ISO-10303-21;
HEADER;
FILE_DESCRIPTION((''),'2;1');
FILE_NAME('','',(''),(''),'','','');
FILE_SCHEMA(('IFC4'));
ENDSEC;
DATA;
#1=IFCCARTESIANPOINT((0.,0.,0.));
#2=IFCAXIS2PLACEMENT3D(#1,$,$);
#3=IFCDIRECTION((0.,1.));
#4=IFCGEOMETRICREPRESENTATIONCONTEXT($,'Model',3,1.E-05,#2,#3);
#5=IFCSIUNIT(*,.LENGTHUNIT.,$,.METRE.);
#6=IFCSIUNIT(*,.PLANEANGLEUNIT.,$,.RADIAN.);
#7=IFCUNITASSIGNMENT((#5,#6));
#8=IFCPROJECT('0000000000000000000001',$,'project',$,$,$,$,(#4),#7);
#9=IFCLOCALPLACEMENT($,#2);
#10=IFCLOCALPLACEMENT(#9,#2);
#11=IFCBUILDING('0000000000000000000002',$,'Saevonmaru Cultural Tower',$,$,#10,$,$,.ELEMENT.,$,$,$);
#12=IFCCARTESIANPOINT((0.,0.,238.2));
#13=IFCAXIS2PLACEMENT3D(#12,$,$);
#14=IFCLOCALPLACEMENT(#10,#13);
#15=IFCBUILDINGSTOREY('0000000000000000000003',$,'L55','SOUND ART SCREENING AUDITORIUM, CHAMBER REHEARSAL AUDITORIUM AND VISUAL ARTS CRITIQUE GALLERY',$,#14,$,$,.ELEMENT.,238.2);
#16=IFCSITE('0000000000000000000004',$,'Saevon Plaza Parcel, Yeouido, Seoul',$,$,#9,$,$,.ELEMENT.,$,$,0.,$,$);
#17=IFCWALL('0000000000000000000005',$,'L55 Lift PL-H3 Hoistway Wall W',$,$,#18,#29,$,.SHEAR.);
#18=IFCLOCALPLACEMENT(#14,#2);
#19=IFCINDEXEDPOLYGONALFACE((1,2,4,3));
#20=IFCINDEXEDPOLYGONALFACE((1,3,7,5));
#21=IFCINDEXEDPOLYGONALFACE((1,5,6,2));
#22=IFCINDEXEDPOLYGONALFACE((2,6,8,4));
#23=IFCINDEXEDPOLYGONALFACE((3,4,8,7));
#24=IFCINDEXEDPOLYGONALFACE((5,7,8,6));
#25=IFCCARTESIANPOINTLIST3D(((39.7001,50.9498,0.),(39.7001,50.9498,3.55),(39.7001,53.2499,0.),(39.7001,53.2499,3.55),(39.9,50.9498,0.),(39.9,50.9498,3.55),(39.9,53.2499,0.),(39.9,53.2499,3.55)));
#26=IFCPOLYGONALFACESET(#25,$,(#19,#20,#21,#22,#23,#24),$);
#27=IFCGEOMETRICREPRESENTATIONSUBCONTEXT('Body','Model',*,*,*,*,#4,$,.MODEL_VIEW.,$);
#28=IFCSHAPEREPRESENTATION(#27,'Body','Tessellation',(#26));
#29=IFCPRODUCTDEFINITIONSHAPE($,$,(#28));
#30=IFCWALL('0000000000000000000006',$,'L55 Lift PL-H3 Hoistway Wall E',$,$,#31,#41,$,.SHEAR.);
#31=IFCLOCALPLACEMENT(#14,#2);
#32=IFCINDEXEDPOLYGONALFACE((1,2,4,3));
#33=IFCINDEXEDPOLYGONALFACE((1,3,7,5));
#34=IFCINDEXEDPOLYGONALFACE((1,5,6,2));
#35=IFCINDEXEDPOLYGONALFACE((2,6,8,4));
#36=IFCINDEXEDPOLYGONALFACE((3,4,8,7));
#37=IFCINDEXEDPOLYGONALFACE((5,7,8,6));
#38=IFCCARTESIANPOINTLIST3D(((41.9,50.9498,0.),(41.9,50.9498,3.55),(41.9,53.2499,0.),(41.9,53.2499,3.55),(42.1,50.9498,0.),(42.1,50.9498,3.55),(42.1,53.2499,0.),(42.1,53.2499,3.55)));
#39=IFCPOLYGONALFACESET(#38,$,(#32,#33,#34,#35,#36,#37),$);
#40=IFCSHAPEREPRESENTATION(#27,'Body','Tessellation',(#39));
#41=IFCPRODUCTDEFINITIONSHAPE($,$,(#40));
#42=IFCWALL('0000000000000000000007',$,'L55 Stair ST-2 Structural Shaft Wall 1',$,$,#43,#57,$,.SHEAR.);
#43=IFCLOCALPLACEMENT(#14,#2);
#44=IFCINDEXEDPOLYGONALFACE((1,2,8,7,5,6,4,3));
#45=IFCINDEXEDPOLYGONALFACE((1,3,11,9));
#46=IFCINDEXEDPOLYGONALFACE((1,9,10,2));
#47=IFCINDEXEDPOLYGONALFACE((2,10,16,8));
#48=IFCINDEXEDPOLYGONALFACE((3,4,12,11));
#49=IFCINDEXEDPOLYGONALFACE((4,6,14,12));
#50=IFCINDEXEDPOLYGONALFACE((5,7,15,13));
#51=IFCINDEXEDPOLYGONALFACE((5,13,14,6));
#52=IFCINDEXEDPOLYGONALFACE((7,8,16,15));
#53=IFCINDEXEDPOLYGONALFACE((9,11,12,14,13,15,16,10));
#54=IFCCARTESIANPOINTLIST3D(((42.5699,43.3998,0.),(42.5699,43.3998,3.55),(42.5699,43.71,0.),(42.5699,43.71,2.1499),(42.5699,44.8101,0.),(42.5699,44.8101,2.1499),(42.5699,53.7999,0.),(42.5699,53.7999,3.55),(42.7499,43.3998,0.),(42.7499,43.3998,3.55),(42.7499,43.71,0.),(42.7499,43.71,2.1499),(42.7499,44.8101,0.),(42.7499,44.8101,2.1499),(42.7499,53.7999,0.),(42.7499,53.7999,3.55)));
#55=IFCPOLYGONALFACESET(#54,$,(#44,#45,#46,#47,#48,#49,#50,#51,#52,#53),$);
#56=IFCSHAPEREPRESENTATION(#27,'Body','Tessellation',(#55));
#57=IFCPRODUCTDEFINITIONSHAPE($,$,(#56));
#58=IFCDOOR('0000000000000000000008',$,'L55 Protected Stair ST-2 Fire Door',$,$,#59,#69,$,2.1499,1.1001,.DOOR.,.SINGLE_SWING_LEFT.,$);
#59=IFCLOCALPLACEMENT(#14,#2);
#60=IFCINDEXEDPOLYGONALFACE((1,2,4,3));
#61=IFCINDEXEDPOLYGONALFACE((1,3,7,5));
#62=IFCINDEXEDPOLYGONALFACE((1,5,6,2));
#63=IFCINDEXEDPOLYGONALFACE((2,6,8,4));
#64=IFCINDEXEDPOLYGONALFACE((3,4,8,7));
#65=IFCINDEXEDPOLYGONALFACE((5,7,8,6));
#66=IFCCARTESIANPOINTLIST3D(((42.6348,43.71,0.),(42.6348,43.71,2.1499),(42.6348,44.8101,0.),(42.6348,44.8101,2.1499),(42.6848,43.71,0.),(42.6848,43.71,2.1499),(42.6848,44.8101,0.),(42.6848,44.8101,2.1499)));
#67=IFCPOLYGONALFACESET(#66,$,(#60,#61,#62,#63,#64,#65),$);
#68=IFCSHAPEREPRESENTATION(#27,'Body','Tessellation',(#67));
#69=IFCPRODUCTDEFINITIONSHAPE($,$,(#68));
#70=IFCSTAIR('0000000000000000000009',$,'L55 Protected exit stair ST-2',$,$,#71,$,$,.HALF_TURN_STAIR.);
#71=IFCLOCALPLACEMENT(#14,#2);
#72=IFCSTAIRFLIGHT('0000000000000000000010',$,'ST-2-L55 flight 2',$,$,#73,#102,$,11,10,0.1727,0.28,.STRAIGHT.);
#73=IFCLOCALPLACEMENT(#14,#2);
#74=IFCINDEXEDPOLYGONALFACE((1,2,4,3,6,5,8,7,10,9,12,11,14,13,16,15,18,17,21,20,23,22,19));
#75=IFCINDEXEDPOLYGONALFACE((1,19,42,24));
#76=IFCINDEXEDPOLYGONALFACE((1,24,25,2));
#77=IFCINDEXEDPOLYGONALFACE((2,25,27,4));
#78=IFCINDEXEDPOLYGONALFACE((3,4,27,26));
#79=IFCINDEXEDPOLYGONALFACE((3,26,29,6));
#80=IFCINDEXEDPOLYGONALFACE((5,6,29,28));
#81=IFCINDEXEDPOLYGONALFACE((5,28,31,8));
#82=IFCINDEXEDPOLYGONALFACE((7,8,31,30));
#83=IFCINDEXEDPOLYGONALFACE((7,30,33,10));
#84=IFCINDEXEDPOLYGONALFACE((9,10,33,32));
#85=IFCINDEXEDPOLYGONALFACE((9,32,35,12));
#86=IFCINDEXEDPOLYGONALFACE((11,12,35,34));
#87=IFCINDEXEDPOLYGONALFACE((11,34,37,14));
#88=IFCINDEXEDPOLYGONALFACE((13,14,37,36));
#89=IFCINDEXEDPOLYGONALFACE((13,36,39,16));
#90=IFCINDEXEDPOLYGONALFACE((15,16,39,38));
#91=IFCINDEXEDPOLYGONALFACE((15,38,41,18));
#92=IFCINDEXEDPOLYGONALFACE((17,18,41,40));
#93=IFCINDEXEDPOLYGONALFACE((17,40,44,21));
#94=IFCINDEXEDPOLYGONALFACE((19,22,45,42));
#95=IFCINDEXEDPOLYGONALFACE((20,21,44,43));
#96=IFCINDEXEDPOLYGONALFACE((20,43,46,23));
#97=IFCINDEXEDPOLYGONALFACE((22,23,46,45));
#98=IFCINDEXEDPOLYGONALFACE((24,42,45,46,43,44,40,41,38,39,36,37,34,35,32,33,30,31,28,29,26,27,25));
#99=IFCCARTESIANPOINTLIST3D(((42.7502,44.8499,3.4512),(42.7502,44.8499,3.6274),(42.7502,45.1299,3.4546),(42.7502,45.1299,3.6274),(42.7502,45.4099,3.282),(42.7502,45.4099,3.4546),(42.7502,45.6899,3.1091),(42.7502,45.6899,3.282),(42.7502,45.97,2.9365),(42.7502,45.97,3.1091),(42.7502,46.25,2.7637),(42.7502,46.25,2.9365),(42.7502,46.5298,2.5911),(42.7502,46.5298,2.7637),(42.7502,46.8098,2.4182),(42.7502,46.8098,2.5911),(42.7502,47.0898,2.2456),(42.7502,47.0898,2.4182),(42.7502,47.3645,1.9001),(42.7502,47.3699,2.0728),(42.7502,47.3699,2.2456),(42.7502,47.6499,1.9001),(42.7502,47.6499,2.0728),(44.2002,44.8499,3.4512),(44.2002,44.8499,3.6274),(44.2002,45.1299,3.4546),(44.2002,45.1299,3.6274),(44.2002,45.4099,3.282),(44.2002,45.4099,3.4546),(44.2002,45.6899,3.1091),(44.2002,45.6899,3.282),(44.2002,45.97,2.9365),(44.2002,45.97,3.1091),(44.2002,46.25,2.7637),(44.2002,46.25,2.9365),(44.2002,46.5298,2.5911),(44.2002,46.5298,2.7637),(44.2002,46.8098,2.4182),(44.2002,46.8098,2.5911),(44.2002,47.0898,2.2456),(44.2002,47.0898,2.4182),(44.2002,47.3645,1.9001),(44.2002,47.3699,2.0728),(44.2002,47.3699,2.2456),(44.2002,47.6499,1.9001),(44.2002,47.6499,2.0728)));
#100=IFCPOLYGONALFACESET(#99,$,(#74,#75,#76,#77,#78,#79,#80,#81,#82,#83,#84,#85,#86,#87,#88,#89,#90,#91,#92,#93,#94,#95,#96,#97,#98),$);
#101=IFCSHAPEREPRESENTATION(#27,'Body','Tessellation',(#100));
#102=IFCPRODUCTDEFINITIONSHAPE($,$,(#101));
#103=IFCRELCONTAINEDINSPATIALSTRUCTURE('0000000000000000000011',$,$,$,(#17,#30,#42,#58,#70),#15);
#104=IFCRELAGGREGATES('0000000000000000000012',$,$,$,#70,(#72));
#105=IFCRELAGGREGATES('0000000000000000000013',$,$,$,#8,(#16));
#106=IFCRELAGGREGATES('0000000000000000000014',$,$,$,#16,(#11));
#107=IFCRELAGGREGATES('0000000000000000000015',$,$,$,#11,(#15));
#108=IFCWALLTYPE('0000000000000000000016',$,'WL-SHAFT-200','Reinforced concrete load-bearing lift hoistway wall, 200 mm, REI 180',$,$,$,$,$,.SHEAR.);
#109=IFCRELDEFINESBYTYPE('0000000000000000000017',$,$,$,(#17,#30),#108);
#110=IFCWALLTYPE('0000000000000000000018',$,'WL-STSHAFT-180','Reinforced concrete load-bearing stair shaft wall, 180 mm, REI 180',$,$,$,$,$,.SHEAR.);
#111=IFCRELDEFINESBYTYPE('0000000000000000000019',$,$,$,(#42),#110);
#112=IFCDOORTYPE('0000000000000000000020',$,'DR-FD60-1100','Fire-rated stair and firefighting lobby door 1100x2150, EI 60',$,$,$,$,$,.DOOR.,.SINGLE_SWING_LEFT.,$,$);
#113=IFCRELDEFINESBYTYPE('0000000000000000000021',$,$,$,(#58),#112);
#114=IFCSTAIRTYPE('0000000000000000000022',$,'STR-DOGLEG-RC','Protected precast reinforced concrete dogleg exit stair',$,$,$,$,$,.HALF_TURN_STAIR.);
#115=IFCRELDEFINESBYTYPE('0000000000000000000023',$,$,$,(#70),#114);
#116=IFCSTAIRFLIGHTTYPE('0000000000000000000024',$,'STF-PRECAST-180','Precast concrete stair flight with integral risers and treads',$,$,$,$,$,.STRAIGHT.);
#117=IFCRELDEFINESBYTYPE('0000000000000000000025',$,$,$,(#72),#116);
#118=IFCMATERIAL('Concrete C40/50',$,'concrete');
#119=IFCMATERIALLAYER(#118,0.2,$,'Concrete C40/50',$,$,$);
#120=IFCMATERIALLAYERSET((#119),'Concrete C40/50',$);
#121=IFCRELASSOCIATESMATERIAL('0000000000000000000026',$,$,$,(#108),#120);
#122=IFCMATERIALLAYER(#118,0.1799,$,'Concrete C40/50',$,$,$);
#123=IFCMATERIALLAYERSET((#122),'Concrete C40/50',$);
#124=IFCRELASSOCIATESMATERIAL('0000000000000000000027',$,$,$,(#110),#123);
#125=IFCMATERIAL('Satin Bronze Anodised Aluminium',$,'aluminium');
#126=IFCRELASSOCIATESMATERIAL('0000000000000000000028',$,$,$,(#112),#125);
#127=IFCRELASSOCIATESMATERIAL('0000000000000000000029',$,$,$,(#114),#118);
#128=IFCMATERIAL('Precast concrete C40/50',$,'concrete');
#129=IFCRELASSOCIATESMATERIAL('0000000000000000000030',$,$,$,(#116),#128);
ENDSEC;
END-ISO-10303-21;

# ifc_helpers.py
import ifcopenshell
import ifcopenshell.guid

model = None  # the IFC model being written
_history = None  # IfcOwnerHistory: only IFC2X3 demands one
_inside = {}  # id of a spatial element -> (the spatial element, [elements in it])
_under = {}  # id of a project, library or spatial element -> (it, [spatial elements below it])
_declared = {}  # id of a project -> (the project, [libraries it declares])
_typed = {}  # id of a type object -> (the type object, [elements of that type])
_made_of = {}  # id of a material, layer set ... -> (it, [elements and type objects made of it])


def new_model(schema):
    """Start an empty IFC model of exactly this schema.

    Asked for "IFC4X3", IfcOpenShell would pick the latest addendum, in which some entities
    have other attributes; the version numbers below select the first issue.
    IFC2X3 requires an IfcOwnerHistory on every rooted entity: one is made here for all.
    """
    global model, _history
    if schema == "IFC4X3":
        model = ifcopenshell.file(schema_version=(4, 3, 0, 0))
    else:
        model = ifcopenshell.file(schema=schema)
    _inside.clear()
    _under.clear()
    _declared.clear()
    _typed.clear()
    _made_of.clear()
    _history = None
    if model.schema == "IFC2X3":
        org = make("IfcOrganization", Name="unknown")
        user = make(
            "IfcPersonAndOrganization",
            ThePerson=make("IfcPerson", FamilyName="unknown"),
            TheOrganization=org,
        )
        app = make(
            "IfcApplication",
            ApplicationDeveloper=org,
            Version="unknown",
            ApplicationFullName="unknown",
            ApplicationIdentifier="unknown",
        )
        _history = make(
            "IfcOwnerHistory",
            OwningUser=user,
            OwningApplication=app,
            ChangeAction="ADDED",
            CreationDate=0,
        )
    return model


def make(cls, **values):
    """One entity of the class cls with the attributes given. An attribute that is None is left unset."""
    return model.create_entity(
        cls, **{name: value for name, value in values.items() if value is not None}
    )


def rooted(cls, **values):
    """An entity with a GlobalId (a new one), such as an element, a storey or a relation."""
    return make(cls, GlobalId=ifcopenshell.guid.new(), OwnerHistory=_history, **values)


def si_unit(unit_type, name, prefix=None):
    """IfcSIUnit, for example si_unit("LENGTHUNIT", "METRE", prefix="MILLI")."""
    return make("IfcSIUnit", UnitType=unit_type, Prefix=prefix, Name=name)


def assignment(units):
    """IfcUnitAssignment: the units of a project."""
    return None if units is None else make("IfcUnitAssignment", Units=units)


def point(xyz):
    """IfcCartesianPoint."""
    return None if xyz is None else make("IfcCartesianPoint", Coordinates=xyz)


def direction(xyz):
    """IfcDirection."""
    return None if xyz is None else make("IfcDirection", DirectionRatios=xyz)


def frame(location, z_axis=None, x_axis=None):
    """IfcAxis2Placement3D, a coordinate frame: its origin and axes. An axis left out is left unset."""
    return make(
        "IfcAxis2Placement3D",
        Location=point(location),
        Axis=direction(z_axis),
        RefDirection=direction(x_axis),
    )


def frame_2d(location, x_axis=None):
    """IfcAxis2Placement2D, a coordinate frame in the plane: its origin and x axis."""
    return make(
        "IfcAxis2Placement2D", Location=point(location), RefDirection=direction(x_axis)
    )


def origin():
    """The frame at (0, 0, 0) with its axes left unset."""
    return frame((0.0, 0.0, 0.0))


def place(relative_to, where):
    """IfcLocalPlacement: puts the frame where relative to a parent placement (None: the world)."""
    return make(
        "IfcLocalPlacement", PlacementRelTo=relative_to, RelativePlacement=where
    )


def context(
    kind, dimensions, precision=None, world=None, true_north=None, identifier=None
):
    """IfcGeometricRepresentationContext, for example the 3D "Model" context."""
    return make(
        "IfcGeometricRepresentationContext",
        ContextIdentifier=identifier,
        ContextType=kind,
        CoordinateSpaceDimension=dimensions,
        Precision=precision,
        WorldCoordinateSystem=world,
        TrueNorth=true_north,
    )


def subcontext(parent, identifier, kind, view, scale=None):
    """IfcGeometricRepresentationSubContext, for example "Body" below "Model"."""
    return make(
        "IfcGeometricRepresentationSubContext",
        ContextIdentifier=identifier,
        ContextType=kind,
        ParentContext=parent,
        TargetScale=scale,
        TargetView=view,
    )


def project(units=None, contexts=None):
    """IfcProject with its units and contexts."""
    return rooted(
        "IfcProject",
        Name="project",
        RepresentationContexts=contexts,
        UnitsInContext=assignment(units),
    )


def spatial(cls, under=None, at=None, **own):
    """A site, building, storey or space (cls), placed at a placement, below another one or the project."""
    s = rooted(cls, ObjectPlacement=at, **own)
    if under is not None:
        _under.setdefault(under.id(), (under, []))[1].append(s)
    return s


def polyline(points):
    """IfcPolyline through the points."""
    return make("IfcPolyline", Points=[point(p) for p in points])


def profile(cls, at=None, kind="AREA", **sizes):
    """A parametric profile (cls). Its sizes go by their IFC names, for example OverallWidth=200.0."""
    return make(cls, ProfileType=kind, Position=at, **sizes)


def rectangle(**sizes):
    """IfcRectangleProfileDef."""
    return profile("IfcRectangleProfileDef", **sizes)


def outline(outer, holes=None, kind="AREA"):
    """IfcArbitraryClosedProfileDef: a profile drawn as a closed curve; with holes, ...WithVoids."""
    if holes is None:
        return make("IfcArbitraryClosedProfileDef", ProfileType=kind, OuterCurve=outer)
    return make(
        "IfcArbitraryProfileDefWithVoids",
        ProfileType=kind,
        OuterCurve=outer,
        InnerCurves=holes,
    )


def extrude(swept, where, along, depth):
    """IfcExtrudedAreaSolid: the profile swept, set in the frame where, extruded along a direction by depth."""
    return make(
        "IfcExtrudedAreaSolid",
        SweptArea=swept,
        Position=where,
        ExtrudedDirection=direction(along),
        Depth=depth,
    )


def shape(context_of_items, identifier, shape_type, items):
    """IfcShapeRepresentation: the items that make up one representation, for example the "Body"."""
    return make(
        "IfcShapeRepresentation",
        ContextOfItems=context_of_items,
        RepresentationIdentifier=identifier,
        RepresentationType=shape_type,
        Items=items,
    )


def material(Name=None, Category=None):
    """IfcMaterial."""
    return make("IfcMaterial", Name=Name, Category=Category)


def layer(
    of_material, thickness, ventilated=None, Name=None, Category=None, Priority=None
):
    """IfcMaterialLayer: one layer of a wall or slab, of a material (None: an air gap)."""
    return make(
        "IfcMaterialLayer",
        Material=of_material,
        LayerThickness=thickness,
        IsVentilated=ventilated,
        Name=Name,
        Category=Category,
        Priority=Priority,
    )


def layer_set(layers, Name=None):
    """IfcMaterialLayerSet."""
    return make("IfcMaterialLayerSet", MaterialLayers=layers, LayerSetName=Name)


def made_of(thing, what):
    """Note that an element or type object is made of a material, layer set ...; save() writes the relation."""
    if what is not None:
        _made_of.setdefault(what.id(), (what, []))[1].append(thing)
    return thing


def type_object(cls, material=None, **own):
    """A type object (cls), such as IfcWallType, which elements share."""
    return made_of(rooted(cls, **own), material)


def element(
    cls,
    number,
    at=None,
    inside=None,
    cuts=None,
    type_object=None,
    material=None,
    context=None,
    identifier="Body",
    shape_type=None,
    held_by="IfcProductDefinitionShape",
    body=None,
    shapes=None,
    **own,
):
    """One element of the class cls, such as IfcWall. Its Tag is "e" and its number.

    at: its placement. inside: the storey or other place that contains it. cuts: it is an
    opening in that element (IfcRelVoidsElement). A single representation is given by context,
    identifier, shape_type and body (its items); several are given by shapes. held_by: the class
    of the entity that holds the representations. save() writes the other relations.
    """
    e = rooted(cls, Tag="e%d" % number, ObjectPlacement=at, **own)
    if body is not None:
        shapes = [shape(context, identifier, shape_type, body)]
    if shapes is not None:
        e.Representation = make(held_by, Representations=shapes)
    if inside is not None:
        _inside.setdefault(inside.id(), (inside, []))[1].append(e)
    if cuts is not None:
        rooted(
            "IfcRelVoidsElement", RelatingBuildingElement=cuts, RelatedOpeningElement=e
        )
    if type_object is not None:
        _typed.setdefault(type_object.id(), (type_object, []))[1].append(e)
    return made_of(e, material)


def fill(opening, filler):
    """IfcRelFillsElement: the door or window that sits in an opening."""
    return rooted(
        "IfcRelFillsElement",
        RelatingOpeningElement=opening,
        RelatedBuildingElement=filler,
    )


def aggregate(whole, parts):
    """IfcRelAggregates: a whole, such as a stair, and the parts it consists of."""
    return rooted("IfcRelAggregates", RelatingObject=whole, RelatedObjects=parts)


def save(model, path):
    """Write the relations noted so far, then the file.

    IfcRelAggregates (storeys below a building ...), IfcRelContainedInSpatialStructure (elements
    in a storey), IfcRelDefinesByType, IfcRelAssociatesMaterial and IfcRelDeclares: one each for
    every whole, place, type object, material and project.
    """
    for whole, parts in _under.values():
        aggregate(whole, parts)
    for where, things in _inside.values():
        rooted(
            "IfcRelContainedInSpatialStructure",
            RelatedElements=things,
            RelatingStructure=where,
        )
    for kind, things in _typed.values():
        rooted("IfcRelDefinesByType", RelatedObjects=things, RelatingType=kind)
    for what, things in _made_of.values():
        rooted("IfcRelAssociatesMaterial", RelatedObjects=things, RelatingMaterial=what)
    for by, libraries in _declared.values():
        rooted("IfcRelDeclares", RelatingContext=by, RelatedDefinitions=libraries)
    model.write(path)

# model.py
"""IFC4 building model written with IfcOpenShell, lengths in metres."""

from ifc_helpers import new_model, si_unit, direction, frame, frame_2d, origin, place, context, subcontext, project, spatial, polyline, rectangle, outline, extrude, material, layer, layer_set, type_object, element, fill, aggregate, save


model = new_model("IFC4")

# Units and contexts
model_context = context("Model", 3, precision=1e-05, world=origin(), true_north=direction((0.0, 1.0)))
body_context = subcontext(model_context, "Body", "Model", "MODEL_VIEW")
ifc_project = project(units=[si_unit("LENGTHUNIT", "METRE"), si_unit("PLANEANGLEUNIT", "RADIAN")], contexts=[model_context])

# Site, building, storey
site_placement = place(None, origin())
site = spatial("IfcSite", under=ifc_project, at=site_placement, Name="Saevon Plaza Parcel, Yeouido, Seoul", CompositionType="ELEMENT", RefElevation=0.0)
building_placement = place(site_placement, origin())
building = spatial("IfcBuilding", under=site, at=building_placement, Name="Saevonmaru Cultural Tower", CompositionType="ELEMENT")
storey_placement = place(building_placement, frame((0.0, 0.0, 238.2)))
storey = spatial("IfcBuildingStorey", under=building, at=storey_placement, Name="L55", Description="SOUND ART SCREENING AUDITORIUM, CHAMBER REHEARSAL AUDITORIUM AND VISUAL ARTS CRITIQUE GALLERY", CompositionType="ELEMENT", Elevation=238.2)

# Shared definitions
ifc_material_1 = material(Name="Satin Bronze Anodised Aluminium", Category="aluminium")

# Shared definitions
ifc_material_2 = material(Name="Concrete C40/50", Category="concrete")
ifc_layer_1 = layer(ifc_material_2, 0.2, Name="Concrete C40/50")
ifc_layer_set_1 = layer_set([ifc_layer_1], Name="Concrete C40/50")
wall_type_1 = type_object("IfcWallType", Name="WL-SHAFT-200", Description="Reinforced concrete load-bearing lift hoistway wall, 200 mm, REI 180", PredefinedType="SHEAR", material=ifc_layer_set_1)

# Walls
for number, where, z_axis, x_axis, name in (
    (1, (39.8, 50.95, 0.0), (0.0, 0.0, 1.0), (0.0, 1.0, 0.0), "L55 Lift PL-H3 Hoistway Wall W"),
    (2, (42.0, 50.95, 0.0), (0.0, 0.0, 1.0), (0.0, 1.0, 0.0), "L55 Lift PL-H3 Hoistway Wall E"),
):
    element("IfcWall", number, at=place(storey_placement, frame(where, z_axis=z_axis, x_axis=x_axis)), inside=storey, type_object=wall_type_1, Name=name, PredefinedType="SHEAR", context=body_context, shape_type="SweptSolid", body=[
        extrude(rectangle(XDim=2.3, YDim=0.2, at=frame_2d((1.1499, 0.0))), origin(), (0.0, 0.0, 1.0), 3.55),
    ])

# Wall, opening, door
ifc_layer_2 = layer(ifc_material_2, 0.1799, Name="Concrete C40/50")
ifc_layer_set_2 = layer_set([ifc_layer_2], Name="Concrete C40/50")
wall_type_2 = type_object("IfcWallType", Name="WL-STSHAFT-180", Description="Reinforced concrete load-bearing stair shaft wall, 180 mm, REI 180", PredefinedType="SHEAR", material=ifc_layer_set_2)
wall_1_placement = place(storey_placement, frame((42.6599, 53.8, 0.0), z_axis=(0.0, 0.0, 1.0), x_axis=(0.0, -1.0, 0.0)))
wall_1 = element("IfcWall", 3, at=wall_1_placement, inside=storey, type_object=wall_type_2, Name="L55 Stair ST-2 Structural Shaft Wall 1", PredefinedType="SHEAR", context=body_context, shape_type="SweptSolid", body=[
    extrude(rectangle(XDim=10.4001, YDim=0.1799, at=frame_2d((5.2002, 0.0))), origin(), (0.0, 0.0, 1.0), 3.55),
])
opening_1_placement = place(wall_1_placement, frame((8.99, 0.0, 0.0)))
opening_1 = element("IfcOpeningElement", 4, at=opening_1_placement, cuts=wall_1, PredefinedType="OPENING", context=body_context, shape_type="SweptSolid", body=[
    extrude(rectangle(XDim=1.1001, YDim=2.1499, at=frame_2d((0.55, 1.075))), frame((0.0, 0.1001, 0.0), z_axis=(0.0, -1.0, 0.0), x_axis=(1.0, 0.0, 0.0)), (0.0, 0.0, 1.0), 0.2),
])
door_type_1 = type_object("IfcDoorType", Name="DR-FD60-1100", Description="Fire-rated stair and firefighting lobby door 1100x2150, EI 60", OperationType="SINGLE_SWING_LEFT", PredefinedType="DOOR", material=ifc_material_1)
door_1_placement = place(opening_1_placement, origin())
door_1 = element("IfcDoor", 5, at=door_1_placement, inside=storey, type_object=door_type_1, Name="L55 Protected Stair ST-2 Fire Door", OperationType="SINGLE_SWING_LEFT", OverallHeight=2.1499, OverallWidth=1.1001, PredefinedType="DOOR", context=body_context, shape_type="SweptSolid", body=[
    extrude(rectangle(XDim=1.1001, YDim=2.1499, at=frame_2d((0.55, 1.075))), frame((0.0, 0.0249, 0.0), z_axis=(0.0, -1.0, 0.0), x_axis=(1.0, 0.0, 0.0)), (0.0, 0.0, 1.0), 0.05),
])
fill(opening_1, door_1)

# Stair, stair flight
stair_type = type_object("IfcStairType", Name="STR-DOGLEG-RC", Description="Protected precast reinforced concrete dogleg exit stair", PredefinedType="HALF_TURN_STAIR", material=ifc_material_2)
stair_placement = place(storey_placement, origin())
stair = element("IfcStair", 6, at=stair_placement, inside=storey, type_object=stair_type, Name="L55 Protected exit stair ST-2", PredefinedType="HALF_TURN_STAIR")
ifc_material_3 = material(Name="Precast concrete C40/50", Category="concrete")
stair_flight_type = type_object("IfcStairFlightType", Name="STF-PRECAST-180", Description="Precast concrete stair flight with integral risers and treads", PredefinedType="STRAIGHT", material=ifc_material_3)
stair_flight_placement = place(storey_placement, frame((43.4751, 47.6499, 1.9001), z_axis=(0.0, 0.0, 1.0), x_axis=(0.0, -1.0, 0.0)))
stair_flight = element("IfcStairFlight", 7, at=stair_flight_placement, type_object=stair_flight_type, Name="ST-2-L55 flight 2", NumberOfRisers=11, NumberOfTreads=10, PredefinedType="STRAIGHT", RiserHeight=0.1727, TreadLength=0.28, context=body_context, shape_type="SweptSolid", body=[
    extrude(outline(polyline([(0.0, 0.0), (0.0, 0.1726), (0.28, 0.1726), (0.28, 0.3455), (0.5601, 0.3455), (0.5601, 0.5181), (0.8401, 0.5181), (0.8401, 0.6909), (1.1201, 0.6909), (1.1201, 0.8635), (1.3999, 0.8635), (1.3999, 1.0364), (1.6799, 1.0364), (1.6799, 1.209), (1.96, 1.209), (1.96, 1.3818), (2.24, 1.3818), (2.24, 1.5544), (2.52, 1.5544), (2.52, 1.7273), (2.8, 1.7273), (2.8, 1.8999), (2.8, 1.551), (0.2854, 0.0), (0.0, 0.0)])), frame((0.0, 0.7251, 0.0), z_axis=(0.0, -1.0, 0.0), x_axis=(1.0, 0.0, 0.0)), (0.0, 0.0, 1.0), 1.45),
])
aggregate(stair, [stair_flight])

save(model, "model.ifc")
